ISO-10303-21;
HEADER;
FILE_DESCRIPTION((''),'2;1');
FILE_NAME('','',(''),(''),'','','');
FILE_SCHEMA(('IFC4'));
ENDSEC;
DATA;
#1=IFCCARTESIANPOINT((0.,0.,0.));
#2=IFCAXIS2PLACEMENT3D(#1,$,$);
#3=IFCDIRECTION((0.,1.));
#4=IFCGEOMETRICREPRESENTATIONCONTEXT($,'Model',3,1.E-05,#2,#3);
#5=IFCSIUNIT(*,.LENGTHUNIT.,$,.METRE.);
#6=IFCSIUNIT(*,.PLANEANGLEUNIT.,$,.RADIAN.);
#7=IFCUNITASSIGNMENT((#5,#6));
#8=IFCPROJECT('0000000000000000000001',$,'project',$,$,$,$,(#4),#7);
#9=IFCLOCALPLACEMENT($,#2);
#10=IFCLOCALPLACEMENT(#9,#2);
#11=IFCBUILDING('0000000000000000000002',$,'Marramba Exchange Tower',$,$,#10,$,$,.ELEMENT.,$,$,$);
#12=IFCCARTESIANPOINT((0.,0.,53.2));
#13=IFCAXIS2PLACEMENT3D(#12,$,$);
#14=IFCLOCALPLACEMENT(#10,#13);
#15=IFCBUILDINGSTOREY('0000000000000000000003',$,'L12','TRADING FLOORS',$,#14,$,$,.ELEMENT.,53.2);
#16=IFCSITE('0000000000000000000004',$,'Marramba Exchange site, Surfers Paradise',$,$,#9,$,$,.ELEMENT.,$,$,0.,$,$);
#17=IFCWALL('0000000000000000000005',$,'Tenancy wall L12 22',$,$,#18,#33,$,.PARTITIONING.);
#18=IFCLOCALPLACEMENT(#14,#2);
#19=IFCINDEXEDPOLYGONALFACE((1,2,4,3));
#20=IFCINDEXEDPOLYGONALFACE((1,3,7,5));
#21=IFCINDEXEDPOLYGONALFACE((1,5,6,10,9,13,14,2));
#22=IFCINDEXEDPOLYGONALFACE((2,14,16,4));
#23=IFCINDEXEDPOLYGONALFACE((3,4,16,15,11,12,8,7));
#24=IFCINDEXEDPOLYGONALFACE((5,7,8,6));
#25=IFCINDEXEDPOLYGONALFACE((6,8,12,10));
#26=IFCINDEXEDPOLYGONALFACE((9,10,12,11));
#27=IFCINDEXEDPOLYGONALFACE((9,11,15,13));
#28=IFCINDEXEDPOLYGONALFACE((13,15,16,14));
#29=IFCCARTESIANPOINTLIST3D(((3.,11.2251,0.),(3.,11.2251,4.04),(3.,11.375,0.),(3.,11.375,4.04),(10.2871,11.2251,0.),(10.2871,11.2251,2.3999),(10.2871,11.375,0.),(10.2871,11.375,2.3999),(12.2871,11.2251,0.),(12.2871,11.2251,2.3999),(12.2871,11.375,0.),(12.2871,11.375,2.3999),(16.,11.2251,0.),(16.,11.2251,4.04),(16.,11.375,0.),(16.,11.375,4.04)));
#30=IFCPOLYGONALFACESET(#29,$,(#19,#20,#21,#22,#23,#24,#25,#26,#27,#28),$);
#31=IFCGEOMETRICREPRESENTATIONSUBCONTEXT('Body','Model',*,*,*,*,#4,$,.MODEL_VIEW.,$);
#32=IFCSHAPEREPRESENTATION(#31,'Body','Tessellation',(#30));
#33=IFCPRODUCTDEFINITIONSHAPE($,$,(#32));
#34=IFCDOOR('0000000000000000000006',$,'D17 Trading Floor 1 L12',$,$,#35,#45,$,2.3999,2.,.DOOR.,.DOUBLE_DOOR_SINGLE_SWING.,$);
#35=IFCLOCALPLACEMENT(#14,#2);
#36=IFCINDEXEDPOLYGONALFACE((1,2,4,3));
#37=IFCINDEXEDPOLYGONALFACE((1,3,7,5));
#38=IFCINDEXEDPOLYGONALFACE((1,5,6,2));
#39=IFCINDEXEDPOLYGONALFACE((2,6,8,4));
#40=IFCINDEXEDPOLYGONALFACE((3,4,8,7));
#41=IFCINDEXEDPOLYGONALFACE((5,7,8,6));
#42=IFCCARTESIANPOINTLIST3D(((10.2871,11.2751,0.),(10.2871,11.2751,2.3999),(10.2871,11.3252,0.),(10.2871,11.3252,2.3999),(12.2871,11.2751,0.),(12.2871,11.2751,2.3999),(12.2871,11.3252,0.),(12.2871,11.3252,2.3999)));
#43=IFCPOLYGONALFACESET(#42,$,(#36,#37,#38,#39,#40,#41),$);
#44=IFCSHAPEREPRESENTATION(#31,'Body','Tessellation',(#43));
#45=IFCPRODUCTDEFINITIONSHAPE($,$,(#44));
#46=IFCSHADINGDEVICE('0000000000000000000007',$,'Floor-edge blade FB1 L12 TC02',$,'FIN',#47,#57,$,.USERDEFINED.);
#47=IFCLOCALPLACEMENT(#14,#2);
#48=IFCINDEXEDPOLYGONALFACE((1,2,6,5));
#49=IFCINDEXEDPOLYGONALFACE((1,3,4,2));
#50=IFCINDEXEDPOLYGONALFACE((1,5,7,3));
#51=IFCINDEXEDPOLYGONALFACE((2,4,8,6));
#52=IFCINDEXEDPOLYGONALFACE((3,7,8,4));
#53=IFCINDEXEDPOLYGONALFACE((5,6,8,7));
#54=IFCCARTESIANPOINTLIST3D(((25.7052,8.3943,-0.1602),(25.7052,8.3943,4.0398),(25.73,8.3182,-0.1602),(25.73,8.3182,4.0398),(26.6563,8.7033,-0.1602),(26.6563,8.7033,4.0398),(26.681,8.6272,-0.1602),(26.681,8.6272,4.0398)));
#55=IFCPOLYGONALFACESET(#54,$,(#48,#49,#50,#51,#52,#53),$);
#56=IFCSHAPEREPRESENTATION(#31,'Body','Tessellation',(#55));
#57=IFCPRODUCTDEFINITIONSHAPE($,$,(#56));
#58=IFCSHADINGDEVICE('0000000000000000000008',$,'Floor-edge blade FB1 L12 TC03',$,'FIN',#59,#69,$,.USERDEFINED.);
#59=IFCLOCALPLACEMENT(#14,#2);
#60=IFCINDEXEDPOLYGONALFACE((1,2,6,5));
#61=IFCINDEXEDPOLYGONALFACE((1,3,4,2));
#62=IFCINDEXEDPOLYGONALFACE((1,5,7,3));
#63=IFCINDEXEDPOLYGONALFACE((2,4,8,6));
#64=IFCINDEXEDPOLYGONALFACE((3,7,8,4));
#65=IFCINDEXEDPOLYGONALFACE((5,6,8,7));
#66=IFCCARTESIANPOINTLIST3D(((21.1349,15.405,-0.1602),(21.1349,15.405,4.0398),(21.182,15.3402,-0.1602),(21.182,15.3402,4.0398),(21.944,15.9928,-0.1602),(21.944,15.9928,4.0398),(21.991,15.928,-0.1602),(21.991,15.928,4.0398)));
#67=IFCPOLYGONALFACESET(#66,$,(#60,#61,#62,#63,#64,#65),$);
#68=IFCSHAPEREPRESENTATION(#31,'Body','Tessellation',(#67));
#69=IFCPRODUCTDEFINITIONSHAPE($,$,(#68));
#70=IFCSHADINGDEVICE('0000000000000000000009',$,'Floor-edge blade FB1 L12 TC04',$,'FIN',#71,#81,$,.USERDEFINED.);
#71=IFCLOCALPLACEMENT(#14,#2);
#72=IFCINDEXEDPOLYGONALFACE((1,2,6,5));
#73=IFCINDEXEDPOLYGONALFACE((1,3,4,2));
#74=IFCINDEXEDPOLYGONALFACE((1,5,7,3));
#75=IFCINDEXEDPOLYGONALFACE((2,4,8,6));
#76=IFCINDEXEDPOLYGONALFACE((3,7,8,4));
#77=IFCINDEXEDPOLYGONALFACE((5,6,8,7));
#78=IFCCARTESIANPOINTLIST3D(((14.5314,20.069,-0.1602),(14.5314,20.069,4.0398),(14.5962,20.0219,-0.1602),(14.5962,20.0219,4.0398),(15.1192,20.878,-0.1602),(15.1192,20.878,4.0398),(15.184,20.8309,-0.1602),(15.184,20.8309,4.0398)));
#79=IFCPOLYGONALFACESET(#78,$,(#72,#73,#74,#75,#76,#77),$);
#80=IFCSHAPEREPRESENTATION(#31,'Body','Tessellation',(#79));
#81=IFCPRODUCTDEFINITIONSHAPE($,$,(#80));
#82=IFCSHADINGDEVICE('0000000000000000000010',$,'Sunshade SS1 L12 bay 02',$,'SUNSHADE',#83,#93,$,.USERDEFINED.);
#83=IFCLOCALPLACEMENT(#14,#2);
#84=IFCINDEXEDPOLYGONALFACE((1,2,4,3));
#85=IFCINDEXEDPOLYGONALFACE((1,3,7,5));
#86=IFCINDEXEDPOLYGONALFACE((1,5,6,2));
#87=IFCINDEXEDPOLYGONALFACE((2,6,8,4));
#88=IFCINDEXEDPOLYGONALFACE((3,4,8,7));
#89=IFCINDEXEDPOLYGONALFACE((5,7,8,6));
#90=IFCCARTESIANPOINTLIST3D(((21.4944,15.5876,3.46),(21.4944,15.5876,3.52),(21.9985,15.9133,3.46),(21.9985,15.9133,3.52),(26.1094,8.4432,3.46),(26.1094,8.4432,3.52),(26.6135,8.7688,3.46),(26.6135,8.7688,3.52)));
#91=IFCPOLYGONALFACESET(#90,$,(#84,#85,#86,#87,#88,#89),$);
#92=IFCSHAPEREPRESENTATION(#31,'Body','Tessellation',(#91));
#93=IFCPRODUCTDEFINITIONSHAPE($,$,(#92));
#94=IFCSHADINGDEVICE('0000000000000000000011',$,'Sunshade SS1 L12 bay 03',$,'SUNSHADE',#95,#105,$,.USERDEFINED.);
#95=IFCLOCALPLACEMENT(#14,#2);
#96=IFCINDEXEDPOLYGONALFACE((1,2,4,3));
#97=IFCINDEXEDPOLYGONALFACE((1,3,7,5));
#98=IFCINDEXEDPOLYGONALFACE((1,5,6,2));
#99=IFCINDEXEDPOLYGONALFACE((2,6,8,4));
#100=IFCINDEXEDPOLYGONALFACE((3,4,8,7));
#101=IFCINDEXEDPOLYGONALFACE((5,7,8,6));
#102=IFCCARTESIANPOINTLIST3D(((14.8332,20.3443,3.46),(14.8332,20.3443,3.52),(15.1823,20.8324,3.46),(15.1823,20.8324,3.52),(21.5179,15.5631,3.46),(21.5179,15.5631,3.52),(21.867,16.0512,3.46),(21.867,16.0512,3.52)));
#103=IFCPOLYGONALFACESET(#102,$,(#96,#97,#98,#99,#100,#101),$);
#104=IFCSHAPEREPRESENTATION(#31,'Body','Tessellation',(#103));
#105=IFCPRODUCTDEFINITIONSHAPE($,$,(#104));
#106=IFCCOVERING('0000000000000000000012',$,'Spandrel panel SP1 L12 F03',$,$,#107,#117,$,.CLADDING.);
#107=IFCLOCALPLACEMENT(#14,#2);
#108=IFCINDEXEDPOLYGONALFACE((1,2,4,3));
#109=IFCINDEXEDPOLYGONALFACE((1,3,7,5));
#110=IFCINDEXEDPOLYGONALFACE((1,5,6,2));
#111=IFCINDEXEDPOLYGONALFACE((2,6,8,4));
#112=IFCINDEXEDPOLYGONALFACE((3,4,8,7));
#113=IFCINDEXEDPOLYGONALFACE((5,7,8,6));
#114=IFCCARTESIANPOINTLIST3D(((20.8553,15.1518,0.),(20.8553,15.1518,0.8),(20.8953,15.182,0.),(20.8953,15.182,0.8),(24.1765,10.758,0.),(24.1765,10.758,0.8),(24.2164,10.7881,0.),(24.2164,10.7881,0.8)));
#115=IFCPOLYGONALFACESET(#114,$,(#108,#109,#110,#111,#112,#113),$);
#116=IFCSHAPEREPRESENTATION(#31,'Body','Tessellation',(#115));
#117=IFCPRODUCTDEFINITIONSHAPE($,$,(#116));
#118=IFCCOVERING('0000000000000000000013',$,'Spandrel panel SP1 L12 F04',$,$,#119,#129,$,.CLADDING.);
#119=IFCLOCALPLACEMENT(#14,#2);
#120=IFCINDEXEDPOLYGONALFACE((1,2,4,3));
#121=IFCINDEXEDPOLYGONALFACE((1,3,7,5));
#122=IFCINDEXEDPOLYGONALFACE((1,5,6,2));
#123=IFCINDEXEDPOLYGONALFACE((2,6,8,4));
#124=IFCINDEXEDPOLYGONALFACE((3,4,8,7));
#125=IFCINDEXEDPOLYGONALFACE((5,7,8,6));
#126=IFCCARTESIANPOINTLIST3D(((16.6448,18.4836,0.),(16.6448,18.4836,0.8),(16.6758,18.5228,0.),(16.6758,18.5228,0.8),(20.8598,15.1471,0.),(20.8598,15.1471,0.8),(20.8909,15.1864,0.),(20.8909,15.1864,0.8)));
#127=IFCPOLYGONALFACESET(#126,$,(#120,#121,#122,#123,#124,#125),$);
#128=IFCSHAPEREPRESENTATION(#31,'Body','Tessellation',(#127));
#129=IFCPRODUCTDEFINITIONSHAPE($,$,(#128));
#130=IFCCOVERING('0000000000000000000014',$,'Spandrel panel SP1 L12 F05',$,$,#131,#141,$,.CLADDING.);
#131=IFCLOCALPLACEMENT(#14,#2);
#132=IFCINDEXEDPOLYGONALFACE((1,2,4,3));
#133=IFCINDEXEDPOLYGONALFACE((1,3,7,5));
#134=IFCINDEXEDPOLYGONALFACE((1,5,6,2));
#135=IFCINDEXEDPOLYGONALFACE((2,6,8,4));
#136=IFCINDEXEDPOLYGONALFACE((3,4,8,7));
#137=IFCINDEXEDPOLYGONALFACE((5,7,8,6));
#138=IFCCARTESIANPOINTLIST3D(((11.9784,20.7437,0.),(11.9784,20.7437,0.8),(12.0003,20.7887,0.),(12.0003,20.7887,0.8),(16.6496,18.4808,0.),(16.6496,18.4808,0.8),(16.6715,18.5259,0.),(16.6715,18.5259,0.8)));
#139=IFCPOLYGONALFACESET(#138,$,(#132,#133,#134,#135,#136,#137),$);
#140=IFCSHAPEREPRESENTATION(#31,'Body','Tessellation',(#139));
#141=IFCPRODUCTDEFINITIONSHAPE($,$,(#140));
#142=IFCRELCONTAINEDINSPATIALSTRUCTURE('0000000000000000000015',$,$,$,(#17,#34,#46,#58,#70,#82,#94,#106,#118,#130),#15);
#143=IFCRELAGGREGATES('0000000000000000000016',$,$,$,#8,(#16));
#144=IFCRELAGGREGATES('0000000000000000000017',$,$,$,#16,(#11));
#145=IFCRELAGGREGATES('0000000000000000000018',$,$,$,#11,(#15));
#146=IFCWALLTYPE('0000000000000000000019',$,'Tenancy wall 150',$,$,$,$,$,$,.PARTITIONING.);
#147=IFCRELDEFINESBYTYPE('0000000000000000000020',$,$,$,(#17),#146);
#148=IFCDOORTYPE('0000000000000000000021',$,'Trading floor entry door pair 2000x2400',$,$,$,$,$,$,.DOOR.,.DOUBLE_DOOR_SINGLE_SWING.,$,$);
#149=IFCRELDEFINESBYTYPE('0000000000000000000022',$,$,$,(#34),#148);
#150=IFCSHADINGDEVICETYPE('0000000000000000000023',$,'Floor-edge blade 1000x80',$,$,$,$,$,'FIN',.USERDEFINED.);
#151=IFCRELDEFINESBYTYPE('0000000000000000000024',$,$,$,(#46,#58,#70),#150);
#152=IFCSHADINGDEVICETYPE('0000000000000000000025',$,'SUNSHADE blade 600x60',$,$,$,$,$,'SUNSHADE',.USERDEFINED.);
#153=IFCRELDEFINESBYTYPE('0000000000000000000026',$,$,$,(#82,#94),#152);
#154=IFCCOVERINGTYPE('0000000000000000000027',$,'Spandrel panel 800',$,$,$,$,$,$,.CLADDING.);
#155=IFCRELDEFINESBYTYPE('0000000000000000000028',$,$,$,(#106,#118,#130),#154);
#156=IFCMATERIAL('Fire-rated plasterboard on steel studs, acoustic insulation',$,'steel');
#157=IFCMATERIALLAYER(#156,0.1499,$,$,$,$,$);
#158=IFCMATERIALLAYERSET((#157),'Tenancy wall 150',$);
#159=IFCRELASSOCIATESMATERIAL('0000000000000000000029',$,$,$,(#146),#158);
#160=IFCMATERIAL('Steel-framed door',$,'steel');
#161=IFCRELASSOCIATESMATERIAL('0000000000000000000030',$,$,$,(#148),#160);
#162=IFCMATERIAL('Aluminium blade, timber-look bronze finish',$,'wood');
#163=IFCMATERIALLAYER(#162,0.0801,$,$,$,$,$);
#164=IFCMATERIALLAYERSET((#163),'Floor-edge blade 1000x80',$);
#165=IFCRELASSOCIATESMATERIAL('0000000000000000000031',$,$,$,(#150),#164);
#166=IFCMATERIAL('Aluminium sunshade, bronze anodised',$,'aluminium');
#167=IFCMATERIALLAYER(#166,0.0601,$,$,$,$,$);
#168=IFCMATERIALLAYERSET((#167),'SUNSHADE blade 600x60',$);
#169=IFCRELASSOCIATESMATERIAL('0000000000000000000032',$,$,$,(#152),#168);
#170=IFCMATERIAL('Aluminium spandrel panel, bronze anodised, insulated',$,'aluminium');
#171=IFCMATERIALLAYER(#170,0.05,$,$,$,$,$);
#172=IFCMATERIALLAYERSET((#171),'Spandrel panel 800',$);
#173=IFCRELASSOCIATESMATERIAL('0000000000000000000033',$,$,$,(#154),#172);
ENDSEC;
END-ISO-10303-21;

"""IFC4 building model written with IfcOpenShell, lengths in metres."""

from ifc_helpers import new_model, si_unit, direction, frame, frame_2d, origin, origin_2d, place, context, subcontext, project, spatial, rectangle, extrude, material, layer, layer_set, type_object, element, fill, save


model = new_model("IFC4")

# Units and contexts
model_context = context("Model", 3, precision=1e-05, world=origin(), true_north=direction((0.0, 1.0)))
body_context = subcontext(model_context, "Body", "Model", "MODEL_VIEW")
ifc_project = project(units=[si_unit("LENGTHUNIT", "METRE"), si_unit("PLANEANGLEUNIT", "RADIAN")], contexts=[model_context])

# Site, building, storey
site_placement = place(None, origin())
site = spatial("IfcSite", under=ifc_project, at=site_placement, Name="Marramba Exchange site, Surfers Paradise", CompositionType="ELEMENT", RefElevation=0.0)
building_placement = place(site_placement, origin())
building = spatial("IfcBuilding", under=site, at=building_placement, Name="Marramba Exchange Tower", CompositionType="ELEMENT")
storey_placement = place(building_placement, frame((0.0, 0.0, 53.2)))
storey = spatial("IfcBuildingStorey", under=building, at=storey_placement, Name="L12", Description="TRADING FLOORS", CompositionType="ELEMENT", Elevation=53.2)

# Shared definitions
ifc_material_1 = material(Name="Steel-framed door", Category="steel")

# Wall, opening, door
ifc_material_2 = material(Name="Fire-rated plasterboard on steel studs, acoustic insulation", Category="steel")
ifc_layer_1 = layer(ifc_material_2, 0.1499)
ifc_layer_set_1 = layer_set([ifc_layer_1], Name="Tenancy wall 150")
wall_type_1 = type_object("IfcWallType", Name="Tenancy wall 150", PredefinedType="PARTITIONING", material=ifc_layer_set_1)
wall_1_placement = place(storey_placement, frame((16.0, 11.3, 0.0), z_axis=(0.0, 0.0, 1.0), x_axis=(-1.0, 0.0, 0.0)))
wall_1 = element("IfcWall", 1, at=wall_1_placement, inside=storey, type_object=wall_type_1, Name="Tenancy wall L12 22", PredefinedType="PARTITIONING", context=body_context, shape_type="SweptSolid", body=[
    extrude(rectangle(XDim=13.0, YDim=0.1499, at=frame_2d((6.5, 0.0))), origin(), (0.0, 0.0, 1.0), 4.04),
])
opening_1_placement = place(wall_1_placement, frame((3.7129, 0.0, 0.0)))
opening_1 = element("IfcOpeningElement", 2, at=opening_1_placement, cuts=wall_1, PredefinedType="OPENING", context=body_context, shape_type="SweptSolid", body=[
    extrude(rectangle(XDim=2.0, YDim=2.3999, at=frame_2d((1.0, 1.2))), frame((0.0, 0.085, 0.0), z_axis=(0.0, -1.0, 0.0), x_axis=(1.0, 0.0, 0.0)), (0.0, 0.0, 1.0), 0.1699),
])
door_type_1 = type_object("IfcDoorType", Name="Trading floor entry door pair 2000x2400", OperationType="DOUBLE_DOOR_SINGLE_SWING", PredefinedType="DOOR", material=ifc_material_1)
door_1_placement = place(opening_1_placement, origin())
door_1 = element("IfcDoor", 3, at=door_1_placement, inside=storey, type_object=door_type_1, Name="D17 Trading Floor 1 L12", OperationType="DOUBLE_DOOR_SINGLE_SWING", OverallHeight=2.3999, OverallWidth=2.0, PredefinedType="DOOR", context=body_context, shape_type="SweptSolid", body=[
    extrude(rectangle(XDim=2.0, YDim=2.3999, at=frame_2d((1.0, 1.2))), frame((0.0, 0.0249, 0.0), z_axis=(0.0, -1.0, 0.0), x_axis=(1.0, 0.0, 0.0)), (0.0, 0.0, 1.0), 0.05),
])
fill(opening_1, door_1)

# Shading devices
ifc_material_3 = material(Name="Aluminium blade, timber-look bronze finish", Category="wood")
ifc_layer_2 = layer(ifc_material_3, 0.0801)
ifc_layer_set_2 = layer_set([ifc_layer_2], Name="Floor-edge blade 1000x80")
shading_device_type_1 = type_object("IfcShadingDeviceType", Name="Floor-edge blade 1000x80", ElementType="FIN", PredefinedType="USERDEFINED", material=ifc_layer_set_2)
for number, where, z_axis, x_axis, name in (
    (4, (26.1931, 8.5107, -0.1602), (0.0, 0.0, 1.0), (0.951057, 0.309017, 0.0), "Floor-edge blade FB1 L12 TC02"),
    (5, (21.563, 15.6665, -0.1602), (0.0, 0.0, 1.0), (0.809017, 0.587785, 0.0), "Floor-edge blade FB1 L12 TC03"),
    (6, (14.8577, 20.45, -0.1602), (0.0, 0.0, 1.0), (0.587785, 0.809017, 0.0), "Floor-edge blade FB1 L12 TC04"),
):
    element("IfcShadingDevice", number, at=place(storey_placement, frame(where, z_axis=z_axis, x_axis=x_axis)), inside=storey, type_object=shading_device_type_1, Name=name, ObjectType="FIN", PredefinedType="USERDEFINED", context=body_context, shape_type="SweptSolid", body=[
        extrude(rectangle(XDim=1.0, YDim=0.0801, at=origin_2d()), origin(), (0.0, 0.0, 1.0), 4.2),
    ])
ifc_material_4 = material(Name="Aluminium sunshade, bronze anodised", Category="aluminium")
ifc_layer_3 = layer(ifc_material_4, 0.0601)
ifc_layer_set_3 = layer_set([ifc_layer_3], Name="SUNSHADE blade 600x60")
shading_device_type_2 = type_object("IfcShadingDeviceType", Name="SUNSHADE blade 600x60", ElementType="SUNSHADE", PredefinedType="USERDEFINED", material=ifc_layer_set_3)
shading_device_1_placement = place(storey_placement, frame((24.054, 12.1782, 3.46), z_axis=(0.0, 0.0, 1.0), x_axis=(-0.542597, 0.839993, 0.0)))
element("IfcShadingDevice", 7, at=shading_device_1_placement, inside=storey, type_object=shading_device_type_2, Name="Sunshade SS1 L12 bay 02", ObjectType="SUNSHADE", PredefinedType="USERDEFINED", context=body_context, shape_type="SweptSolid", body=[
    extrude(rectangle(XDim=8.5054, YDim=0.6001, at=origin_2d()), origin(), (0.0, 0.0, 1.0), 0.0601),
])
shading_device_2_placement = place(storey_placement, frame((18.3501, 18.1978, 3.46), z_axis=(0.0, 0.0, 1.0), x_axis=(-0.813363, 0.581757, 0.0)))
element("IfcShadingDevice", 8, at=shading_device_2_placement, inside=storey, type_object=shading_device_type_2, Name="Sunshade SS1 L12 bay 03", ObjectType="SUNSHADE", PredefinedType="USERDEFINED", context=body_context, shape_type="SweptSolid", body=[
    extrude(rectangle(XDim=8.2185, YDim=0.6001, at=origin_2d()), origin(), (0.0, 0.0, 1.0), 0.0601),
])

# Coverings
ifc_material_5 = material(Name="Aluminium spandrel panel, bronze anodised, insulated", Category="aluminium")
ifc_layer_4 = layer(ifc_material_5, 0.05)
ifc_layer_set_4 = layer_set([ifc_layer_4], Name="Spandrel panel 800")
covering_type = type_object("IfcCoveringType", Name="Spandrel panel 800", PredefinedType="CLADDING", material=ifc_layer_set_4)
covering_1_placement = place(storey_placement, frame((22.5359, 12.97, 0.0), z_axis=(0.0, 0.0, 1.0), x_axis=(-0.60299, 0.797749, 0.0)))
element("IfcCovering", 9, at=covering_1_placement, inside=storey, type_object=covering_type, Name="Spandrel panel SP1 L12 F03", PredefinedType="CLADDING", context=body_context, shape_type="SweptSolid", body=[
    extrude(rectangle(XDim=5.5078, YDim=0.05, at=origin_2d()), origin(), (0.0, 0.0, 1.0), 0.8),
])
covering_2_placement = place(storey_placement, frame((18.7678, 16.835, 0.0), z_axis=(0.0, 0.0, 1.0), x_axis=(-0.784088, 0.62065, 0.0)))
element("IfcCovering", 10, at=covering_2_placement, inside=storey, type_object=covering_type, Name="Spandrel panel SP1 L12 F04", PredefinedType="CLADDING", context=body_context, shape_type="SweptSolid", body=[
    extrude(rectangle(XDim=5.3757, YDim=0.05, at=origin_2d()), origin(), (0.0, 0.0, 1.0), 0.8),
])
covering_3_placement = place(storey_placement, frame((14.325, 19.6348, 0.0), z_axis=(0.0, 0.0, 1.0), x_axis=(-0.899963, 0.435965, 0.0)))
element("IfcCovering", 11, at=covering_3_placement, inside=storey, type_object=covering_type, Name="Spandrel panel SP1 L12 F05", PredefinedType="CLADDING", context=body_context, shape_type="SweptSolid", body=[
    extrude(rectangle(XDim=5.1904, YDim=0.05, at=origin_2d()), origin(), (0.0, 0.0, 1.0), 0.8),
])

save(model, "model.ifc")
